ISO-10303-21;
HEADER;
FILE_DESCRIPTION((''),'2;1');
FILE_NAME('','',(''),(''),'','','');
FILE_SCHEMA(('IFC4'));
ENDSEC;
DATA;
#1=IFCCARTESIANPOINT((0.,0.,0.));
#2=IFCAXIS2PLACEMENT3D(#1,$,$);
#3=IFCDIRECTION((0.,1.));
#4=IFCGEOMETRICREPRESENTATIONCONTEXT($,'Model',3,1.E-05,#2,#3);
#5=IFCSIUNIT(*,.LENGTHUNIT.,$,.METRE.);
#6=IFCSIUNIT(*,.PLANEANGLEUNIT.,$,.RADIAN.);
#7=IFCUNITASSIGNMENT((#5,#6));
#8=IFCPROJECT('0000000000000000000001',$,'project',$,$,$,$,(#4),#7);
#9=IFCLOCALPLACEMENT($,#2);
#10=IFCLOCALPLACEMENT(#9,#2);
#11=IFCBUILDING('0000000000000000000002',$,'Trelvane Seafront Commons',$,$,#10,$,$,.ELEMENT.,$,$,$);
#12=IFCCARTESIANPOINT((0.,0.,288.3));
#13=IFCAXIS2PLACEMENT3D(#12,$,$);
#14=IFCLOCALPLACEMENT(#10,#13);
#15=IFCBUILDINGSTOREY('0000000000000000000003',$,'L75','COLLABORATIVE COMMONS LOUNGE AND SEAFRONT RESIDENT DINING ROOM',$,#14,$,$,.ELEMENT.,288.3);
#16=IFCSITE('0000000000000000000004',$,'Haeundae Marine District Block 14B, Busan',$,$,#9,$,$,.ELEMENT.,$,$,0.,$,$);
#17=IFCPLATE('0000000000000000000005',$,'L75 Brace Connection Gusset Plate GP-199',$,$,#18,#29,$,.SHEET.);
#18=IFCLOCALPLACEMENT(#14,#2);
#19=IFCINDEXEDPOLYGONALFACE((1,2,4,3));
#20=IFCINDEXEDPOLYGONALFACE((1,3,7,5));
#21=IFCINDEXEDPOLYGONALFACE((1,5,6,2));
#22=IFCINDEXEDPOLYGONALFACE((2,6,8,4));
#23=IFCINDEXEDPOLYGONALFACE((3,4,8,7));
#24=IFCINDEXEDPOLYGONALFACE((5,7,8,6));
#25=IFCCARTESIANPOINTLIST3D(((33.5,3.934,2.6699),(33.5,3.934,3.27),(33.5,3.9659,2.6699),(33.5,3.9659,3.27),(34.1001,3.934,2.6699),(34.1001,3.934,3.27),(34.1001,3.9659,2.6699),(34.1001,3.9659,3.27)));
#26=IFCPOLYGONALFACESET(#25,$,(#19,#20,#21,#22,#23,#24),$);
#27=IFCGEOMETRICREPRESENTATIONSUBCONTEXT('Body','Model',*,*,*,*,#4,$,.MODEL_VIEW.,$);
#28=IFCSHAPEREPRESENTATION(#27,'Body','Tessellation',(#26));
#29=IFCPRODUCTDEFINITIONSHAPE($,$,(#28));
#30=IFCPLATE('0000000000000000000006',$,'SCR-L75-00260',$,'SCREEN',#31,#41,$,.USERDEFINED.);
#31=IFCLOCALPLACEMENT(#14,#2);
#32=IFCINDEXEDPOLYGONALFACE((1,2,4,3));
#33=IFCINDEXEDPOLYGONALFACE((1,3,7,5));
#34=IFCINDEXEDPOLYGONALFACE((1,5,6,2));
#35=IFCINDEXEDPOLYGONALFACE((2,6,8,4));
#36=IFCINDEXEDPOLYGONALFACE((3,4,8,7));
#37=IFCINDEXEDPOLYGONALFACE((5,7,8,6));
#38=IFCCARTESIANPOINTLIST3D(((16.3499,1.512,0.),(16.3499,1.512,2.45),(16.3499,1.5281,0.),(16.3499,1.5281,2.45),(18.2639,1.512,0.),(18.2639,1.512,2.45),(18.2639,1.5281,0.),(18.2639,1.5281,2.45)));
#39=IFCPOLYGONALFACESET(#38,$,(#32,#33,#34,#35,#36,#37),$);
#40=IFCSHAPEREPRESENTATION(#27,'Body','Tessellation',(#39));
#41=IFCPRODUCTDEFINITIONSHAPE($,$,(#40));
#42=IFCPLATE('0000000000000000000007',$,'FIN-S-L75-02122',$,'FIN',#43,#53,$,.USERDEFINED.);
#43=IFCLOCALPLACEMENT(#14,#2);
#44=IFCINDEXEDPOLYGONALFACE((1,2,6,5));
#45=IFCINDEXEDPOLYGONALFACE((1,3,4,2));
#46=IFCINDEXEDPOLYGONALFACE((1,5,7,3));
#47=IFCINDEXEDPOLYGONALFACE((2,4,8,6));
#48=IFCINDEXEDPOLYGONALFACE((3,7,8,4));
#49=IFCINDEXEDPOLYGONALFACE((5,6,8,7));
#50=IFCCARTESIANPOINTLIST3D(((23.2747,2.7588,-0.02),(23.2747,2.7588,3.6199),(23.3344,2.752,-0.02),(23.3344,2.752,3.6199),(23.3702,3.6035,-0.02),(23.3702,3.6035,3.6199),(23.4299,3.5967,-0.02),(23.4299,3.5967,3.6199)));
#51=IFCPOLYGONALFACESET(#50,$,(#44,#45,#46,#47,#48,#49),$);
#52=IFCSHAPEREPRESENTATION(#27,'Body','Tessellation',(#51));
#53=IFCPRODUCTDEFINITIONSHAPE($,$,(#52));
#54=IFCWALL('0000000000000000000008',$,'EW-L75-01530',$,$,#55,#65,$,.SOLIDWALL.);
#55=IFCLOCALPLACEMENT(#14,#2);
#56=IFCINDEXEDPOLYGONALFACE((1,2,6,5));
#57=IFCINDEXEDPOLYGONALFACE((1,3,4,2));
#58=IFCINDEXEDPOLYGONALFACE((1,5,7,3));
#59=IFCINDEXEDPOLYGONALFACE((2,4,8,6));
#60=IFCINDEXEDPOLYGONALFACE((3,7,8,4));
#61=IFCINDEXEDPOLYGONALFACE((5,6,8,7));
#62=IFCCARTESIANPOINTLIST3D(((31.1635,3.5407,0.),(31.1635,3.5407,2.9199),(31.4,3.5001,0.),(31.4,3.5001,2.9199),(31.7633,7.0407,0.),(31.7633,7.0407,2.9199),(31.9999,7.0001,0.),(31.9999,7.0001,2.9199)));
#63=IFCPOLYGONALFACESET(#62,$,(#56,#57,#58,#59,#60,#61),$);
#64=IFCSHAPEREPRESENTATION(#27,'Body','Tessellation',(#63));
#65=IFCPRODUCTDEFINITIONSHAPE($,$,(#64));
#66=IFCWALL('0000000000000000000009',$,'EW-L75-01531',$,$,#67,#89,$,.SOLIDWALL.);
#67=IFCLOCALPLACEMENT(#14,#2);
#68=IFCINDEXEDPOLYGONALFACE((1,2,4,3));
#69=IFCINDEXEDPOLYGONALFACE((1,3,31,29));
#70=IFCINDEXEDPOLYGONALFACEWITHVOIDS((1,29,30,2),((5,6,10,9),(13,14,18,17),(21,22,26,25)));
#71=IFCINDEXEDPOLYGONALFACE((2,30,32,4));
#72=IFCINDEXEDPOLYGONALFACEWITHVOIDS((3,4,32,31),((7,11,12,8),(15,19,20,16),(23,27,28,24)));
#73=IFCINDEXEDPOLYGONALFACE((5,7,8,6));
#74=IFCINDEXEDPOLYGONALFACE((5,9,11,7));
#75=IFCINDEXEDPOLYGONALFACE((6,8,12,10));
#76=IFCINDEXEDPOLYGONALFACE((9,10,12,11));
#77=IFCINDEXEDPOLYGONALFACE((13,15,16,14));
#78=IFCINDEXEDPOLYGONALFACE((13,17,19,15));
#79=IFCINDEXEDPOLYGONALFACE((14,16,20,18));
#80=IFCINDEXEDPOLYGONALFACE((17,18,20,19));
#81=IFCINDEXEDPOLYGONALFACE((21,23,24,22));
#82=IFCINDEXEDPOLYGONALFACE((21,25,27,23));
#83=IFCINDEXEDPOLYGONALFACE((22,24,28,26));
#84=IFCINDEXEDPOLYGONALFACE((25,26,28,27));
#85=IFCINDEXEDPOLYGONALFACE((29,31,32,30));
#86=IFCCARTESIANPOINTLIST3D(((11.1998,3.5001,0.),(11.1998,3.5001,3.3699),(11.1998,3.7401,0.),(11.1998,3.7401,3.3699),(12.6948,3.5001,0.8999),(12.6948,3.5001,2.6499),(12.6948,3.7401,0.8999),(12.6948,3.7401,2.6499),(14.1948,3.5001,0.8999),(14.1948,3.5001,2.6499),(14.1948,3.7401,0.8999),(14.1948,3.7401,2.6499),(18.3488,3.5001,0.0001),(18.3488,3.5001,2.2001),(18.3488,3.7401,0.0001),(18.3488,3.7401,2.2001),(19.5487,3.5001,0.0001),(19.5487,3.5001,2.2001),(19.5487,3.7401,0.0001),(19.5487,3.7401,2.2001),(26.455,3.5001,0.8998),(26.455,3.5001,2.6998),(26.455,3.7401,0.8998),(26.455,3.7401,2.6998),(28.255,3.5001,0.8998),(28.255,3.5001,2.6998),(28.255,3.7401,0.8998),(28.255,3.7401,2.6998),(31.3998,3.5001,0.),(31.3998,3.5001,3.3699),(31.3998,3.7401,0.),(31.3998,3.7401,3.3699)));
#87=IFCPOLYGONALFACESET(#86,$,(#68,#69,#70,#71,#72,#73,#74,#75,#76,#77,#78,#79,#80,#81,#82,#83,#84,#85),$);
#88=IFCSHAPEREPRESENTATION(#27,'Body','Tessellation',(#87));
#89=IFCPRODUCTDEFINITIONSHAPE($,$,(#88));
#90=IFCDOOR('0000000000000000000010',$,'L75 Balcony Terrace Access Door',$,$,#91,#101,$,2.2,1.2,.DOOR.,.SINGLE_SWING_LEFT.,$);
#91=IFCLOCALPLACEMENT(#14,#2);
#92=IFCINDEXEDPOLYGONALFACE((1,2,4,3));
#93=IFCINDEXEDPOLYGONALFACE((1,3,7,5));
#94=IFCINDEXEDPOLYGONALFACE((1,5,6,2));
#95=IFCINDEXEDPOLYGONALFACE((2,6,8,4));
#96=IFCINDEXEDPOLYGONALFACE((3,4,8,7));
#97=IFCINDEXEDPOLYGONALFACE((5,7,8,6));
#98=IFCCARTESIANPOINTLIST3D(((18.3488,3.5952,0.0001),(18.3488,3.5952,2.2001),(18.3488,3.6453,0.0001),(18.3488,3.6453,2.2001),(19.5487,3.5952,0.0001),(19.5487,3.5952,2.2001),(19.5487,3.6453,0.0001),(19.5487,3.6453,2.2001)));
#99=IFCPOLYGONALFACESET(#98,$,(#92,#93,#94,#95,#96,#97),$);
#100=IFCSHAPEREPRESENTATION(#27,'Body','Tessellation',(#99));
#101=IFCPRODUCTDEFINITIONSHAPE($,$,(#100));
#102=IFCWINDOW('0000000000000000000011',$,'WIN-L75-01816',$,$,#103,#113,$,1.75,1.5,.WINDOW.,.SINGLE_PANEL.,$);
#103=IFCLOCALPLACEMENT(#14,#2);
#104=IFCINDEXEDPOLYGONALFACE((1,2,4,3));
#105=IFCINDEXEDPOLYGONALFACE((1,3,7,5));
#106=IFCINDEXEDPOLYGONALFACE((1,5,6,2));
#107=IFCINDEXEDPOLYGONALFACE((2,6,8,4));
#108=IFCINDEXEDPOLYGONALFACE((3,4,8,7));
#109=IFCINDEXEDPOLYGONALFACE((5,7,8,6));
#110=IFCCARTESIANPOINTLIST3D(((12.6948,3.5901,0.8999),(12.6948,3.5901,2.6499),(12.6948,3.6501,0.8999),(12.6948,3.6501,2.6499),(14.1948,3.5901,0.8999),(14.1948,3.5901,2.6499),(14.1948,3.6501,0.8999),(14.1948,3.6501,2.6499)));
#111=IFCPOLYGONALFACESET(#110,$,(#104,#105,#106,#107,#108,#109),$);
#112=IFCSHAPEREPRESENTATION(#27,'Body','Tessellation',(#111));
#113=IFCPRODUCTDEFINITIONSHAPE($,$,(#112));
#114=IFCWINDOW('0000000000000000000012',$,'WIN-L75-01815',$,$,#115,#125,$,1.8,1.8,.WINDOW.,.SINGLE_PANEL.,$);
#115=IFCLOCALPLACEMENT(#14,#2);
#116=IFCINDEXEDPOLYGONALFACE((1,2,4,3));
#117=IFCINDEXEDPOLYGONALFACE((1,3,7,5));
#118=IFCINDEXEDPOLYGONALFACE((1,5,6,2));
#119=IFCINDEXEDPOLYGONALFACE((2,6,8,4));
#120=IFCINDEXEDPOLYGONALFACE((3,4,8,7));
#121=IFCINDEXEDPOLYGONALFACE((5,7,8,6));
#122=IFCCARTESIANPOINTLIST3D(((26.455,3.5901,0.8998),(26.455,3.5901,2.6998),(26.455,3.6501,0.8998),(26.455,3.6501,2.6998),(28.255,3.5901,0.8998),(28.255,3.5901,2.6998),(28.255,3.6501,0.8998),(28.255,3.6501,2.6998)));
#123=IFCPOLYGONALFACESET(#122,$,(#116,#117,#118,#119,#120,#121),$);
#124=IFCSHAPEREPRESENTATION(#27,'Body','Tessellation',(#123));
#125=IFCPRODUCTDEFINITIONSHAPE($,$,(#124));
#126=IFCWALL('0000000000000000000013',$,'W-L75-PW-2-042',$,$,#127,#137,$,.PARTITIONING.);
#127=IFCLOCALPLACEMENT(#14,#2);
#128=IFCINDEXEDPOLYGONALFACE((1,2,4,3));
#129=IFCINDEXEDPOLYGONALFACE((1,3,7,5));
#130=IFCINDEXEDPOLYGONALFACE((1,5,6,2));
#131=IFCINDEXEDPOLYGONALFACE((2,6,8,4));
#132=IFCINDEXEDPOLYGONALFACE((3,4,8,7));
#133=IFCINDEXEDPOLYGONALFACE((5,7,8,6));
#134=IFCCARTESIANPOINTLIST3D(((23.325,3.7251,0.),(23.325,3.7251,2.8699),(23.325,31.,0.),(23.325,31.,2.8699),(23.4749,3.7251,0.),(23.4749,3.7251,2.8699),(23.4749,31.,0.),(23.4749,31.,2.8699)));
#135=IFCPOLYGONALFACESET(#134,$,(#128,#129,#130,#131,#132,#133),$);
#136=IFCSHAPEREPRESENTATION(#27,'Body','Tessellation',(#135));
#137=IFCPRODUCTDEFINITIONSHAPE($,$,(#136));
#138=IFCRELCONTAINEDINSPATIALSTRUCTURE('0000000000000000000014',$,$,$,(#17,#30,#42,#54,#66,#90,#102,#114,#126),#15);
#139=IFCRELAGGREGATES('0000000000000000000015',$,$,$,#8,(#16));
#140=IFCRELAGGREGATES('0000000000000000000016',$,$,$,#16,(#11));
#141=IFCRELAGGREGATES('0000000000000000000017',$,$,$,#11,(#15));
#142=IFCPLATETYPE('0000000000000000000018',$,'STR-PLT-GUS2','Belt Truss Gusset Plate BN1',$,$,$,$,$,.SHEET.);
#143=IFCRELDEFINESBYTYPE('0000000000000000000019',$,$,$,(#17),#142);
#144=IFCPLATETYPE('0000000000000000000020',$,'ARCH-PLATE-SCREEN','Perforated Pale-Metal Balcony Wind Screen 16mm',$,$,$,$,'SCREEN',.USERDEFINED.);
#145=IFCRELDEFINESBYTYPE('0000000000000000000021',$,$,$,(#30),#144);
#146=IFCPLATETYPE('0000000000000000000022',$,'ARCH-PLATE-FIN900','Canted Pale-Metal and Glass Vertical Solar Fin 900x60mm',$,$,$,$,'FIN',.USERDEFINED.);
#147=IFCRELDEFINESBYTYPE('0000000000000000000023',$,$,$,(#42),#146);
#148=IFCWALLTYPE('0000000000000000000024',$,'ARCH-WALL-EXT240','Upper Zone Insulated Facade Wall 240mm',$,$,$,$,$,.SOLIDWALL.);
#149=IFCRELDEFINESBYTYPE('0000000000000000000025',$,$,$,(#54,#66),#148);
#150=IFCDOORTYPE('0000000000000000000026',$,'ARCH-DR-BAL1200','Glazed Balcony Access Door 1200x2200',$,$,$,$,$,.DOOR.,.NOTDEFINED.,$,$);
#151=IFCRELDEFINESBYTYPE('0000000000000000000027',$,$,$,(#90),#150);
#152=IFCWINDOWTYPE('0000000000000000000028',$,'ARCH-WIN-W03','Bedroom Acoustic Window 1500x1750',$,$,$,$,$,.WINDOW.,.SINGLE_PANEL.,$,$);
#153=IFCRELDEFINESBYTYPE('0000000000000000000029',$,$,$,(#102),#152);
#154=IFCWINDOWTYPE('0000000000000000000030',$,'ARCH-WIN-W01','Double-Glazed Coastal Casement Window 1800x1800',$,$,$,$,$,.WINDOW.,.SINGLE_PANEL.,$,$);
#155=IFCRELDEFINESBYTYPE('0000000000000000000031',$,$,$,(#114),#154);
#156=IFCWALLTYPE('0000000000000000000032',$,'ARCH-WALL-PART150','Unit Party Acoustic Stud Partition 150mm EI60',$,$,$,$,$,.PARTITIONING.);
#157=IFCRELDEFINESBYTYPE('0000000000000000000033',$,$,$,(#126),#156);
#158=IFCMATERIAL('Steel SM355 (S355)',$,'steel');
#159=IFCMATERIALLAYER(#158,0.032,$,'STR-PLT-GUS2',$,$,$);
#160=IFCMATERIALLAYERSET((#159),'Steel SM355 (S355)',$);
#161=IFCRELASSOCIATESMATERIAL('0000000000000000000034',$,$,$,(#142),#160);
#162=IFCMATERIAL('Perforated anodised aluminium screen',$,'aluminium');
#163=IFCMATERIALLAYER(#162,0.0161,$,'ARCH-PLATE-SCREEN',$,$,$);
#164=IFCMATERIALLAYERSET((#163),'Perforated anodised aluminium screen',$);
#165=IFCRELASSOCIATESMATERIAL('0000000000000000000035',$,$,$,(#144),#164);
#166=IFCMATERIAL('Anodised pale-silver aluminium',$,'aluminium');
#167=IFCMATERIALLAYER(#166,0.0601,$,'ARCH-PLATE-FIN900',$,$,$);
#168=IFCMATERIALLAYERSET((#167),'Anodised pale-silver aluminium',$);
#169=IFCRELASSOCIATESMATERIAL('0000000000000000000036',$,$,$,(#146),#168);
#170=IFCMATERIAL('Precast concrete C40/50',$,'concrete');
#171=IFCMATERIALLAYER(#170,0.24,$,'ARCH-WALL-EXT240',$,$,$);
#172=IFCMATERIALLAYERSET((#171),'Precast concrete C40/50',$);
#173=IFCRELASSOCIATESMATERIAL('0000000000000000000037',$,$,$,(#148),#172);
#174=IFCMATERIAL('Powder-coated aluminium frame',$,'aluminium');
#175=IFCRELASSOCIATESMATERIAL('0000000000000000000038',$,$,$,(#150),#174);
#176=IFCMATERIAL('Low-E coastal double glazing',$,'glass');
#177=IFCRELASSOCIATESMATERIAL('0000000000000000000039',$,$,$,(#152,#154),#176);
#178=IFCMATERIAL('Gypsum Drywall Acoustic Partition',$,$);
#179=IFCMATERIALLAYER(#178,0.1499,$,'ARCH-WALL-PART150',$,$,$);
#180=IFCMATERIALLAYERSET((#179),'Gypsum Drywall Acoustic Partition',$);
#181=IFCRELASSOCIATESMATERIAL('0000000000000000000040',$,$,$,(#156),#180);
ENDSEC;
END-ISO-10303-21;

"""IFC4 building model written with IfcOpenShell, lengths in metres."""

from ifc_helpers import new_model, si_unit, direction, frame, frame_2d, origin, origin_2d, place, context, subcontext, project, spatial, rectangle, extrude, source, transform, mapped, material, layer, layer_set, type_object, element, fill, save


model = new_model("IFC4")

# Units and contexts
model_context = context("Model", 3, precision=1e-05, world=origin(), true_north=direction((0.0, 1.0)))
body_context = subcontext(model_context, "Body", "Model", "MODEL_VIEW")
ifc_project = project(units=[si_unit("LENGTHUNIT", "METRE"), si_unit("PLANEANGLEUNIT", "RADIAN")], contexts=[model_context])

# Site, building, storey
site_placement = place(None, origin())
site = spatial("IfcSite", under=ifc_project, at=site_placement, Name="Haeundae Marine District Block 14B, Busan", CompositionType="ELEMENT", RefElevation=0.0)
building_placement = place(site_placement, origin())
building = spatial("IfcBuilding", under=site, at=building_placement, Name="Trelvane Seafront Commons", CompositionType="ELEMENT")
storey_placement = place(building_placement, frame((0.0, 0.0, 288.3)))
storey = spatial("IfcBuildingStorey", under=building, at=storey_placement, Name="L75", Description="COLLABORATIVE COMMONS LOUNGE AND SEAFRONT RESIDENT DINING ROOM", CompositionType="ELEMENT", Elevation=288.3)

# Shared definitions
ifc_material_1 = material(Name="Steel SM355 (S355)", Category="steel")

# Plates
ifc_layer_1 = layer(ifc_material_1, 0.032, Name="STR-PLT-GUS2")
ifc_layer_set_1 = layer_set([ifc_layer_1], Name="Steel SM355 (S355)")
plate_type_1 = type_object("IfcPlateType", Name="STR-PLT-GUS2", Description="Belt Truss Gusset Plate BN1", PredefinedType="SHEET", material=ifc_layer_set_1)
shared_shape_1 = source(origin(), body_context, "Body", "SweptSolid", [
    extrude(rectangle(XDim=0.6001, YDim=0.032, at=origin_2d()), origin(), (0.0, 0.0, 1.0), 0.6001),
])
for number, where, z_axis, x_axis, name in (
    (1, (33.8, 3.95, 2.6699), (0.0, 0.0, 1.0), (1.0, 0.0, 0.0), "L75 Brace Connection Gusset Plate GP-199"),
):
    element("IfcPlate", number, at=place(storey_placement, frame(where, z_axis=z_axis, x_axis=x_axis)), inside=storey, type_object=plate_type_1, Name=name, PredefinedType="SHEET", context=body_context, shape_type="MappedRepresentation", body=[
        mapped(shared_shape_1, transform((0.0, 0.0, 0.0), x_axis=(1.0, 0.0, 0.0), y_axis=(0.0, 1.0, 0.0), z_axis=(0.0, 0.0, 1.0), scale=1.0)),
    ])
ifc_material_2 = material(Name="Perforated anodised aluminium screen", Category="aluminium")
ifc_layer_2 = layer(ifc_material_2, 0.0161, Name="ARCH-PLATE-SCREEN")
ifc_layer_set_2 = layer_set([ifc_layer_2], Name="Perforated anodised aluminium screen")
plate_type_2 = type_object("IfcPlateType", Name="ARCH-PLATE-SCREEN", Description="Perforated Pale-Metal Balcony Wind Screen 16mm", ElementType="SCREEN", PredefinedType="USERDEFINED", material=ifc_layer_set_2)
shared_shape_2 = source(origin(), body_context, "Body", "SweptSolid", [
    extrude(rectangle(XDim=1.9141, YDim=0.0161, at=origin_2d()), origin(), (0.0, 0.0, 1.0), 2.45),
])
plate_1_placement = place(storey_placement, frame((17.3069, 1.52, 0.0), z_axis=(0.0, 0.0, 1.0), x_axis=(1.0, 0.0, 0.0)))
element("IfcPlate", 2, at=plate_1_placement, inside=storey, type_object=plate_type_2, Name="SCR-L75-00260", ObjectType="SCREEN", PredefinedType="USERDEFINED", context=body_context, shape_type="MappedRepresentation", body=[
    mapped(shared_shape_2, transform((0.0, 0.0, 0.0), x_axis=(1.0, 0.0, 0.0), y_axis=(0.0, 1.0, 0.0), z_axis=(0.0, 0.0, 1.0), scale=1.0)),
])
ifc_material_3 = material(Name="Anodised pale-silver aluminium", Category="aluminium")
ifc_layer_3 = layer(ifc_material_3, 0.0601, Name="ARCH-PLATE-FIN900")
ifc_layer_set_3 = layer_set([ifc_layer_3], Name="Anodised pale-silver aluminium")
plate_type_3 = type_object("IfcPlateType", Name="ARCH-PLATE-FIN900", Description="Canted Pale-Metal and Glass Vertical Solar Fin 900x60mm", ElementType="FIN", PredefinedType="USERDEFINED", material=ifc_layer_set_3)
shared_shape_3 = source(origin(), body_context, "Body", "SweptSolid", [
    extrude(rectangle(XDim=0.8501, YDim=0.0601, at=origin_2d()), origin(), (0.0, 0.0, 1.0), 3.6399),
])
plate_2_placement = place(storey_placement, frame((23.3523, 3.1777, -0.02), z_axis=(0.0, 0.0, 1.0), x_axis=(-0.112355, -0.993668, 0.0)))
element("IfcPlate", 3, at=plate_2_placement, inside=storey, type_object=plate_type_3, Name="FIN-S-L75-02122", ObjectType="FIN", PredefinedType="USERDEFINED", context=body_context, shape_type="MappedRepresentation", body=[
    mapped(shared_shape_3, transform((0.0, 0.0, 0.0), x_axis=(1.0, 0.0, 0.0), y_axis=(0.0, 1.0, 0.0), z_axis=(0.0, 0.0, 1.0), scale=1.0)),
])

# Wall
ifc_material_4 = material(Name="Precast concrete C40/50", Category="concrete")
ifc_layer_4 = layer(ifc_material_4, 0.24, Name="ARCH-WALL-EXT240")
ifc_layer_set_4 = layer_set([ifc_layer_4], Name="Precast concrete C40/50")
wall_type_1 = type_object("IfcWallType", Name="ARCH-WALL-EXT240", Description="Upper Zone Insulated Facade Wall 240mm", PredefinedType="SOLIDWALL", material=ifc_layer_set_4)
wall_1_placement = place(storey_placement, frame((31.8816, 7.0203, 0.0), z_axis=(0.0, 0.0, 1.0), x_axis=(-0.168924, -0.985629, 0.0)))
element("IfcWall", 4, at=wall_1_placement, inside=storey, type_object=wall_type_1, Name="EW-L75-01530", PredefinedType="SOLIDWALL", context=body_context, shape_type="SweptSolid", body=[
    extrude(rectangle(XDim=3.551, YDim=0.24, at=frame_2d((1.7754, 0.0))), origin(), (0.0, 0.0, 1.0), 2.9199),
])

# Wall, openings, door, windows
wall_2_placement = place(storey_placement, frame((31.3999, 3.6201, 0.0), z_axis=(0.0, 0.0, 1.0), x_axis=(-1.0, 0.0, 0.0)))
wall_2 = element("IfcWall", 5, at=wall_2_placement, inside=storey, type_object=wall_type_1, Name="EW-L75-01531", PredefinedType="SOLIDWALL", context=body_context, shape_type="SweptSolid", body=[
    extrude(rectangle(XDim=20.2, YDim=0.24, at=frame_2d((10.1001, 0.0))), origin(), (0.0, 0.0, 1.0), 3.3699),
])
opening_1_placement = place(wall_2_placement, frame((3.145, 0.0, 0.8999)))
opening_1 = element("IfcOpeningElement", 6, at=opening_1_placement, cuts=wall_2, PredefinedType="OPENING", context=body_context, shape_type="SweptSolid", body=[
    extrude(rectangle(XDim=1.8, YDim=1.8, at=frame_2d((0.8999, 0.8999))), frame((0.0, 0.1299, 0.0), z_axis=(0.0, -1.0, 0.0), x_axis=(1.0, 0.0, 0.0)), (0.0, 0.0, 1.0), 0.26),
])
opening_2_placement = place(wall_2_placement, frame((11.8511, 0.0, 0.0)))
opening_2 = element("IfcOpeningElement", 7, at=opening_2_placement, cuts=wall_2, PredefinedType="OPENING", context=body_context, shape_type="SweptSolid", body=[
    extrude(rectangle(XDim=1.2, YDim=2.2, at=frame_2d((0.6001, 1.1001))), frame((0.0, 0.1299, 0.0), z_axis=(0.0, -1.0, 0.0), x_axis=(1.0, 0.0, 0.0)), (0.0, 0.0, 1.0), 0.26),
])
opening_3_placement = place(wall_2_placement, frame((17.2051, 0.0, 0.8999)))
opening_3 = element("IfcOpeningElement", 8, at=opening_3_placement, cuts=wall_2, PredefinedType="OPENING", context=body_context, shape_type="SweptSolid", body=[
    extrude(rectangle(XDim=1.5, YDim=1.75, at=frame_2d((0.75, 0.875))), frame((0.0, 0.1299, 0.0), z_axis=(0.0, -1.0, 0.0), x_axis=(1.0, 0.0, 0.0)), (0.0, 0.0, 1.0), 0.26),
])
ifc_material_5 = material(Name="Powder-coated aluminium frame", Category="aluminium")
door_type = type_object("IfcDoorType", Name="ARCH-DR-BAL1200", Description="Glazed Balcony Access Door 1200x2200", OperationType="NOTDEFINED", PredefinedType="DOOR", material=ifc_material_5)
shared_shape_4 = source(origin(), body_context, "Body", "SweptSolid", [
    extrude(rectangle(XDim=1.2, YDim=2.2, at=frame_2d((0.6001, 1.1001))), frame((0.0, 0.0249, 0.0), z_axis=(0.0, -1.0, 0.0), x_axis=(1.0, 0.0, 0.0)), (0.0, 0.0, 1.0), 0.05),
])
door_placement = place(opening_2_placement, origin())
door = element("IfcDoor", 9, at=door_placement, inside=storey, type_object=door_type, Name="L75 Balcony Terrace Access Door", OperationType="SINGLE_SWING_LEFT", OverallHeight=2.2, OverallWidth=1.2, PredefinedType="DOOR", context=body_context, shape_type="MappedRepresentation", body=[
    mapped(shared_shape_4, transform((0.0, 0.0, 0.0), x_axis=(1.0, 0.0, 0.0), y_axis=(0.0, 1.0, 0.0), z_axis=(0.0, 0.0, 1.0), scale=1.0)),
])
fill(opening_2, door)
ifc_material_6 = material(Name="Low-E coastal double glazing", Category="glass")
window_type_1 = type_object("IfcWindowType", Name="ARCH-WIN-W03", Description="Bedroom Acoustic Window 1500x1750", PartitioningType="SINGLE_PANEL", PredefinedType="WINDOW", material=ifc_material_6)
shared_shape_5 = source(origin(), body_context, "Body", "SweptSolid", [
    extrude(rectangle(XDim=1.5, YDim=1.75, at=frame_2d((0.75, 0.875))), frame((0.0, 0.03, 0.0), z_axis=(0.0, -1.0, 0.0), x_axis=(1.0, 0.0, 0.0)), (0.0, 0.0, 1.0), 0.0601),
])
window_1_placement = place(opening_3_placement, origin())
window_1 = element("IfcWindow", 10, at=window_1_placement, inside=storey, type_object=window_type_1, Name="WIN-L75-01816", OverallHeight=1.75, OverallWidth=1.5, PartitioningType="SINGLE_PANEL", PredefinedType="WINDOW", context=body_context, shape_type="MappedRepresentation", body=[
    mapped(shared_shape_5, transform((0.0, 0.0, 0.0), x_axis=(1.0, 0.0, 0.0), y_axis=(0.0, 1.0, 0.0), z_axis=(0.0, 0.0, 1.0), scale=1.0)),
])
fill(opening_3, window_1)
window_type_2 = type_object("IfcWindowType", Name="ARCH-WIN-W01", Description="Double-Glazed Coastal Casement Window 1800x1800", PartitioningType="SINGLE_PANEL", PredefinedType="WINDOW", material=ifc_material_6)
shared_shape_6 = source(origin(), body_context, "Body", "SweptSolid", [
    extrude(rectangle(XDim=1.8, YDim=1.8, at=frame_2d((0.8999, 0.8999))), frame((0.0, 0.03, 0.0), z_axis=(0.0, -1.0, 0.0), x_axis=(1.0, 0.0, 0.0)), (0.0, 0.0, 1.0), 0.0601),
])
window_2_placement = place(opening_1_placement, origin())
window_2 = element("IfcWindow", 11, at=window_2_placement, inside=storey, type_object=window_type_2, Name="WIN-L75-01815", OverallHeight=1.8, OverallWidth=1.8, PartitioningType="SINGLE_PANEL", PredefinedType="WINDOW", context=body_context, shape_type="MappedRepresentation", body=[
    mapped(shared_shape_6, transform((0.0, 0.0, 0.0), x_axis=(1.0, 0.0, 0.0), y_axis=(0.0, 1.0, 0.0), z_axis=(0.0, 0.0, 1.0), scale=1.0)),
])
fill(opening_1, window_2)

# Wall
ifc_material_7 = material(Name="Gypsum Drywall Acoustic Partition")
ifc_layer_5 = layer(ifc_material_7, 0.1499, Name="ARCH-WALL-PART150")
ifc_layer_set_5 = layer_set([ifc_layer_5], Name="Gypsum Drywall Acoustic Partition")
wall_type_2 = type_object("IfcWallType", Name="ARCH-WALL-PART150", Description="Unit Party Acoustic Stud Partition 150mm EI60", PredefinedType="PARTITIONING", material=ifc_layer_set_5)
wall_3_placement = place(storey_placement, frame((23.3999, 3.7251, 0.0), z_axis=(0.0, 0.0, 1.0), x_axis=(0.0, 1.0, 0.0)))
element("IfcWall", 12, at=wall_3_placement, inside=storey, type_object=wall_type_2, Name="W-L75-PW-2-042", PredefinedType="PARTITIONING", context=body_context, shape_type="SweptSolid", body=[
    extrude(rectangle(XDim=27.2749, YDim=0.1499, at=frame_2d((13.6375, 0.0))), origin(), (0.0, 0.0, 1.0), 2.8699),
])

save(model, "model.ifc")
